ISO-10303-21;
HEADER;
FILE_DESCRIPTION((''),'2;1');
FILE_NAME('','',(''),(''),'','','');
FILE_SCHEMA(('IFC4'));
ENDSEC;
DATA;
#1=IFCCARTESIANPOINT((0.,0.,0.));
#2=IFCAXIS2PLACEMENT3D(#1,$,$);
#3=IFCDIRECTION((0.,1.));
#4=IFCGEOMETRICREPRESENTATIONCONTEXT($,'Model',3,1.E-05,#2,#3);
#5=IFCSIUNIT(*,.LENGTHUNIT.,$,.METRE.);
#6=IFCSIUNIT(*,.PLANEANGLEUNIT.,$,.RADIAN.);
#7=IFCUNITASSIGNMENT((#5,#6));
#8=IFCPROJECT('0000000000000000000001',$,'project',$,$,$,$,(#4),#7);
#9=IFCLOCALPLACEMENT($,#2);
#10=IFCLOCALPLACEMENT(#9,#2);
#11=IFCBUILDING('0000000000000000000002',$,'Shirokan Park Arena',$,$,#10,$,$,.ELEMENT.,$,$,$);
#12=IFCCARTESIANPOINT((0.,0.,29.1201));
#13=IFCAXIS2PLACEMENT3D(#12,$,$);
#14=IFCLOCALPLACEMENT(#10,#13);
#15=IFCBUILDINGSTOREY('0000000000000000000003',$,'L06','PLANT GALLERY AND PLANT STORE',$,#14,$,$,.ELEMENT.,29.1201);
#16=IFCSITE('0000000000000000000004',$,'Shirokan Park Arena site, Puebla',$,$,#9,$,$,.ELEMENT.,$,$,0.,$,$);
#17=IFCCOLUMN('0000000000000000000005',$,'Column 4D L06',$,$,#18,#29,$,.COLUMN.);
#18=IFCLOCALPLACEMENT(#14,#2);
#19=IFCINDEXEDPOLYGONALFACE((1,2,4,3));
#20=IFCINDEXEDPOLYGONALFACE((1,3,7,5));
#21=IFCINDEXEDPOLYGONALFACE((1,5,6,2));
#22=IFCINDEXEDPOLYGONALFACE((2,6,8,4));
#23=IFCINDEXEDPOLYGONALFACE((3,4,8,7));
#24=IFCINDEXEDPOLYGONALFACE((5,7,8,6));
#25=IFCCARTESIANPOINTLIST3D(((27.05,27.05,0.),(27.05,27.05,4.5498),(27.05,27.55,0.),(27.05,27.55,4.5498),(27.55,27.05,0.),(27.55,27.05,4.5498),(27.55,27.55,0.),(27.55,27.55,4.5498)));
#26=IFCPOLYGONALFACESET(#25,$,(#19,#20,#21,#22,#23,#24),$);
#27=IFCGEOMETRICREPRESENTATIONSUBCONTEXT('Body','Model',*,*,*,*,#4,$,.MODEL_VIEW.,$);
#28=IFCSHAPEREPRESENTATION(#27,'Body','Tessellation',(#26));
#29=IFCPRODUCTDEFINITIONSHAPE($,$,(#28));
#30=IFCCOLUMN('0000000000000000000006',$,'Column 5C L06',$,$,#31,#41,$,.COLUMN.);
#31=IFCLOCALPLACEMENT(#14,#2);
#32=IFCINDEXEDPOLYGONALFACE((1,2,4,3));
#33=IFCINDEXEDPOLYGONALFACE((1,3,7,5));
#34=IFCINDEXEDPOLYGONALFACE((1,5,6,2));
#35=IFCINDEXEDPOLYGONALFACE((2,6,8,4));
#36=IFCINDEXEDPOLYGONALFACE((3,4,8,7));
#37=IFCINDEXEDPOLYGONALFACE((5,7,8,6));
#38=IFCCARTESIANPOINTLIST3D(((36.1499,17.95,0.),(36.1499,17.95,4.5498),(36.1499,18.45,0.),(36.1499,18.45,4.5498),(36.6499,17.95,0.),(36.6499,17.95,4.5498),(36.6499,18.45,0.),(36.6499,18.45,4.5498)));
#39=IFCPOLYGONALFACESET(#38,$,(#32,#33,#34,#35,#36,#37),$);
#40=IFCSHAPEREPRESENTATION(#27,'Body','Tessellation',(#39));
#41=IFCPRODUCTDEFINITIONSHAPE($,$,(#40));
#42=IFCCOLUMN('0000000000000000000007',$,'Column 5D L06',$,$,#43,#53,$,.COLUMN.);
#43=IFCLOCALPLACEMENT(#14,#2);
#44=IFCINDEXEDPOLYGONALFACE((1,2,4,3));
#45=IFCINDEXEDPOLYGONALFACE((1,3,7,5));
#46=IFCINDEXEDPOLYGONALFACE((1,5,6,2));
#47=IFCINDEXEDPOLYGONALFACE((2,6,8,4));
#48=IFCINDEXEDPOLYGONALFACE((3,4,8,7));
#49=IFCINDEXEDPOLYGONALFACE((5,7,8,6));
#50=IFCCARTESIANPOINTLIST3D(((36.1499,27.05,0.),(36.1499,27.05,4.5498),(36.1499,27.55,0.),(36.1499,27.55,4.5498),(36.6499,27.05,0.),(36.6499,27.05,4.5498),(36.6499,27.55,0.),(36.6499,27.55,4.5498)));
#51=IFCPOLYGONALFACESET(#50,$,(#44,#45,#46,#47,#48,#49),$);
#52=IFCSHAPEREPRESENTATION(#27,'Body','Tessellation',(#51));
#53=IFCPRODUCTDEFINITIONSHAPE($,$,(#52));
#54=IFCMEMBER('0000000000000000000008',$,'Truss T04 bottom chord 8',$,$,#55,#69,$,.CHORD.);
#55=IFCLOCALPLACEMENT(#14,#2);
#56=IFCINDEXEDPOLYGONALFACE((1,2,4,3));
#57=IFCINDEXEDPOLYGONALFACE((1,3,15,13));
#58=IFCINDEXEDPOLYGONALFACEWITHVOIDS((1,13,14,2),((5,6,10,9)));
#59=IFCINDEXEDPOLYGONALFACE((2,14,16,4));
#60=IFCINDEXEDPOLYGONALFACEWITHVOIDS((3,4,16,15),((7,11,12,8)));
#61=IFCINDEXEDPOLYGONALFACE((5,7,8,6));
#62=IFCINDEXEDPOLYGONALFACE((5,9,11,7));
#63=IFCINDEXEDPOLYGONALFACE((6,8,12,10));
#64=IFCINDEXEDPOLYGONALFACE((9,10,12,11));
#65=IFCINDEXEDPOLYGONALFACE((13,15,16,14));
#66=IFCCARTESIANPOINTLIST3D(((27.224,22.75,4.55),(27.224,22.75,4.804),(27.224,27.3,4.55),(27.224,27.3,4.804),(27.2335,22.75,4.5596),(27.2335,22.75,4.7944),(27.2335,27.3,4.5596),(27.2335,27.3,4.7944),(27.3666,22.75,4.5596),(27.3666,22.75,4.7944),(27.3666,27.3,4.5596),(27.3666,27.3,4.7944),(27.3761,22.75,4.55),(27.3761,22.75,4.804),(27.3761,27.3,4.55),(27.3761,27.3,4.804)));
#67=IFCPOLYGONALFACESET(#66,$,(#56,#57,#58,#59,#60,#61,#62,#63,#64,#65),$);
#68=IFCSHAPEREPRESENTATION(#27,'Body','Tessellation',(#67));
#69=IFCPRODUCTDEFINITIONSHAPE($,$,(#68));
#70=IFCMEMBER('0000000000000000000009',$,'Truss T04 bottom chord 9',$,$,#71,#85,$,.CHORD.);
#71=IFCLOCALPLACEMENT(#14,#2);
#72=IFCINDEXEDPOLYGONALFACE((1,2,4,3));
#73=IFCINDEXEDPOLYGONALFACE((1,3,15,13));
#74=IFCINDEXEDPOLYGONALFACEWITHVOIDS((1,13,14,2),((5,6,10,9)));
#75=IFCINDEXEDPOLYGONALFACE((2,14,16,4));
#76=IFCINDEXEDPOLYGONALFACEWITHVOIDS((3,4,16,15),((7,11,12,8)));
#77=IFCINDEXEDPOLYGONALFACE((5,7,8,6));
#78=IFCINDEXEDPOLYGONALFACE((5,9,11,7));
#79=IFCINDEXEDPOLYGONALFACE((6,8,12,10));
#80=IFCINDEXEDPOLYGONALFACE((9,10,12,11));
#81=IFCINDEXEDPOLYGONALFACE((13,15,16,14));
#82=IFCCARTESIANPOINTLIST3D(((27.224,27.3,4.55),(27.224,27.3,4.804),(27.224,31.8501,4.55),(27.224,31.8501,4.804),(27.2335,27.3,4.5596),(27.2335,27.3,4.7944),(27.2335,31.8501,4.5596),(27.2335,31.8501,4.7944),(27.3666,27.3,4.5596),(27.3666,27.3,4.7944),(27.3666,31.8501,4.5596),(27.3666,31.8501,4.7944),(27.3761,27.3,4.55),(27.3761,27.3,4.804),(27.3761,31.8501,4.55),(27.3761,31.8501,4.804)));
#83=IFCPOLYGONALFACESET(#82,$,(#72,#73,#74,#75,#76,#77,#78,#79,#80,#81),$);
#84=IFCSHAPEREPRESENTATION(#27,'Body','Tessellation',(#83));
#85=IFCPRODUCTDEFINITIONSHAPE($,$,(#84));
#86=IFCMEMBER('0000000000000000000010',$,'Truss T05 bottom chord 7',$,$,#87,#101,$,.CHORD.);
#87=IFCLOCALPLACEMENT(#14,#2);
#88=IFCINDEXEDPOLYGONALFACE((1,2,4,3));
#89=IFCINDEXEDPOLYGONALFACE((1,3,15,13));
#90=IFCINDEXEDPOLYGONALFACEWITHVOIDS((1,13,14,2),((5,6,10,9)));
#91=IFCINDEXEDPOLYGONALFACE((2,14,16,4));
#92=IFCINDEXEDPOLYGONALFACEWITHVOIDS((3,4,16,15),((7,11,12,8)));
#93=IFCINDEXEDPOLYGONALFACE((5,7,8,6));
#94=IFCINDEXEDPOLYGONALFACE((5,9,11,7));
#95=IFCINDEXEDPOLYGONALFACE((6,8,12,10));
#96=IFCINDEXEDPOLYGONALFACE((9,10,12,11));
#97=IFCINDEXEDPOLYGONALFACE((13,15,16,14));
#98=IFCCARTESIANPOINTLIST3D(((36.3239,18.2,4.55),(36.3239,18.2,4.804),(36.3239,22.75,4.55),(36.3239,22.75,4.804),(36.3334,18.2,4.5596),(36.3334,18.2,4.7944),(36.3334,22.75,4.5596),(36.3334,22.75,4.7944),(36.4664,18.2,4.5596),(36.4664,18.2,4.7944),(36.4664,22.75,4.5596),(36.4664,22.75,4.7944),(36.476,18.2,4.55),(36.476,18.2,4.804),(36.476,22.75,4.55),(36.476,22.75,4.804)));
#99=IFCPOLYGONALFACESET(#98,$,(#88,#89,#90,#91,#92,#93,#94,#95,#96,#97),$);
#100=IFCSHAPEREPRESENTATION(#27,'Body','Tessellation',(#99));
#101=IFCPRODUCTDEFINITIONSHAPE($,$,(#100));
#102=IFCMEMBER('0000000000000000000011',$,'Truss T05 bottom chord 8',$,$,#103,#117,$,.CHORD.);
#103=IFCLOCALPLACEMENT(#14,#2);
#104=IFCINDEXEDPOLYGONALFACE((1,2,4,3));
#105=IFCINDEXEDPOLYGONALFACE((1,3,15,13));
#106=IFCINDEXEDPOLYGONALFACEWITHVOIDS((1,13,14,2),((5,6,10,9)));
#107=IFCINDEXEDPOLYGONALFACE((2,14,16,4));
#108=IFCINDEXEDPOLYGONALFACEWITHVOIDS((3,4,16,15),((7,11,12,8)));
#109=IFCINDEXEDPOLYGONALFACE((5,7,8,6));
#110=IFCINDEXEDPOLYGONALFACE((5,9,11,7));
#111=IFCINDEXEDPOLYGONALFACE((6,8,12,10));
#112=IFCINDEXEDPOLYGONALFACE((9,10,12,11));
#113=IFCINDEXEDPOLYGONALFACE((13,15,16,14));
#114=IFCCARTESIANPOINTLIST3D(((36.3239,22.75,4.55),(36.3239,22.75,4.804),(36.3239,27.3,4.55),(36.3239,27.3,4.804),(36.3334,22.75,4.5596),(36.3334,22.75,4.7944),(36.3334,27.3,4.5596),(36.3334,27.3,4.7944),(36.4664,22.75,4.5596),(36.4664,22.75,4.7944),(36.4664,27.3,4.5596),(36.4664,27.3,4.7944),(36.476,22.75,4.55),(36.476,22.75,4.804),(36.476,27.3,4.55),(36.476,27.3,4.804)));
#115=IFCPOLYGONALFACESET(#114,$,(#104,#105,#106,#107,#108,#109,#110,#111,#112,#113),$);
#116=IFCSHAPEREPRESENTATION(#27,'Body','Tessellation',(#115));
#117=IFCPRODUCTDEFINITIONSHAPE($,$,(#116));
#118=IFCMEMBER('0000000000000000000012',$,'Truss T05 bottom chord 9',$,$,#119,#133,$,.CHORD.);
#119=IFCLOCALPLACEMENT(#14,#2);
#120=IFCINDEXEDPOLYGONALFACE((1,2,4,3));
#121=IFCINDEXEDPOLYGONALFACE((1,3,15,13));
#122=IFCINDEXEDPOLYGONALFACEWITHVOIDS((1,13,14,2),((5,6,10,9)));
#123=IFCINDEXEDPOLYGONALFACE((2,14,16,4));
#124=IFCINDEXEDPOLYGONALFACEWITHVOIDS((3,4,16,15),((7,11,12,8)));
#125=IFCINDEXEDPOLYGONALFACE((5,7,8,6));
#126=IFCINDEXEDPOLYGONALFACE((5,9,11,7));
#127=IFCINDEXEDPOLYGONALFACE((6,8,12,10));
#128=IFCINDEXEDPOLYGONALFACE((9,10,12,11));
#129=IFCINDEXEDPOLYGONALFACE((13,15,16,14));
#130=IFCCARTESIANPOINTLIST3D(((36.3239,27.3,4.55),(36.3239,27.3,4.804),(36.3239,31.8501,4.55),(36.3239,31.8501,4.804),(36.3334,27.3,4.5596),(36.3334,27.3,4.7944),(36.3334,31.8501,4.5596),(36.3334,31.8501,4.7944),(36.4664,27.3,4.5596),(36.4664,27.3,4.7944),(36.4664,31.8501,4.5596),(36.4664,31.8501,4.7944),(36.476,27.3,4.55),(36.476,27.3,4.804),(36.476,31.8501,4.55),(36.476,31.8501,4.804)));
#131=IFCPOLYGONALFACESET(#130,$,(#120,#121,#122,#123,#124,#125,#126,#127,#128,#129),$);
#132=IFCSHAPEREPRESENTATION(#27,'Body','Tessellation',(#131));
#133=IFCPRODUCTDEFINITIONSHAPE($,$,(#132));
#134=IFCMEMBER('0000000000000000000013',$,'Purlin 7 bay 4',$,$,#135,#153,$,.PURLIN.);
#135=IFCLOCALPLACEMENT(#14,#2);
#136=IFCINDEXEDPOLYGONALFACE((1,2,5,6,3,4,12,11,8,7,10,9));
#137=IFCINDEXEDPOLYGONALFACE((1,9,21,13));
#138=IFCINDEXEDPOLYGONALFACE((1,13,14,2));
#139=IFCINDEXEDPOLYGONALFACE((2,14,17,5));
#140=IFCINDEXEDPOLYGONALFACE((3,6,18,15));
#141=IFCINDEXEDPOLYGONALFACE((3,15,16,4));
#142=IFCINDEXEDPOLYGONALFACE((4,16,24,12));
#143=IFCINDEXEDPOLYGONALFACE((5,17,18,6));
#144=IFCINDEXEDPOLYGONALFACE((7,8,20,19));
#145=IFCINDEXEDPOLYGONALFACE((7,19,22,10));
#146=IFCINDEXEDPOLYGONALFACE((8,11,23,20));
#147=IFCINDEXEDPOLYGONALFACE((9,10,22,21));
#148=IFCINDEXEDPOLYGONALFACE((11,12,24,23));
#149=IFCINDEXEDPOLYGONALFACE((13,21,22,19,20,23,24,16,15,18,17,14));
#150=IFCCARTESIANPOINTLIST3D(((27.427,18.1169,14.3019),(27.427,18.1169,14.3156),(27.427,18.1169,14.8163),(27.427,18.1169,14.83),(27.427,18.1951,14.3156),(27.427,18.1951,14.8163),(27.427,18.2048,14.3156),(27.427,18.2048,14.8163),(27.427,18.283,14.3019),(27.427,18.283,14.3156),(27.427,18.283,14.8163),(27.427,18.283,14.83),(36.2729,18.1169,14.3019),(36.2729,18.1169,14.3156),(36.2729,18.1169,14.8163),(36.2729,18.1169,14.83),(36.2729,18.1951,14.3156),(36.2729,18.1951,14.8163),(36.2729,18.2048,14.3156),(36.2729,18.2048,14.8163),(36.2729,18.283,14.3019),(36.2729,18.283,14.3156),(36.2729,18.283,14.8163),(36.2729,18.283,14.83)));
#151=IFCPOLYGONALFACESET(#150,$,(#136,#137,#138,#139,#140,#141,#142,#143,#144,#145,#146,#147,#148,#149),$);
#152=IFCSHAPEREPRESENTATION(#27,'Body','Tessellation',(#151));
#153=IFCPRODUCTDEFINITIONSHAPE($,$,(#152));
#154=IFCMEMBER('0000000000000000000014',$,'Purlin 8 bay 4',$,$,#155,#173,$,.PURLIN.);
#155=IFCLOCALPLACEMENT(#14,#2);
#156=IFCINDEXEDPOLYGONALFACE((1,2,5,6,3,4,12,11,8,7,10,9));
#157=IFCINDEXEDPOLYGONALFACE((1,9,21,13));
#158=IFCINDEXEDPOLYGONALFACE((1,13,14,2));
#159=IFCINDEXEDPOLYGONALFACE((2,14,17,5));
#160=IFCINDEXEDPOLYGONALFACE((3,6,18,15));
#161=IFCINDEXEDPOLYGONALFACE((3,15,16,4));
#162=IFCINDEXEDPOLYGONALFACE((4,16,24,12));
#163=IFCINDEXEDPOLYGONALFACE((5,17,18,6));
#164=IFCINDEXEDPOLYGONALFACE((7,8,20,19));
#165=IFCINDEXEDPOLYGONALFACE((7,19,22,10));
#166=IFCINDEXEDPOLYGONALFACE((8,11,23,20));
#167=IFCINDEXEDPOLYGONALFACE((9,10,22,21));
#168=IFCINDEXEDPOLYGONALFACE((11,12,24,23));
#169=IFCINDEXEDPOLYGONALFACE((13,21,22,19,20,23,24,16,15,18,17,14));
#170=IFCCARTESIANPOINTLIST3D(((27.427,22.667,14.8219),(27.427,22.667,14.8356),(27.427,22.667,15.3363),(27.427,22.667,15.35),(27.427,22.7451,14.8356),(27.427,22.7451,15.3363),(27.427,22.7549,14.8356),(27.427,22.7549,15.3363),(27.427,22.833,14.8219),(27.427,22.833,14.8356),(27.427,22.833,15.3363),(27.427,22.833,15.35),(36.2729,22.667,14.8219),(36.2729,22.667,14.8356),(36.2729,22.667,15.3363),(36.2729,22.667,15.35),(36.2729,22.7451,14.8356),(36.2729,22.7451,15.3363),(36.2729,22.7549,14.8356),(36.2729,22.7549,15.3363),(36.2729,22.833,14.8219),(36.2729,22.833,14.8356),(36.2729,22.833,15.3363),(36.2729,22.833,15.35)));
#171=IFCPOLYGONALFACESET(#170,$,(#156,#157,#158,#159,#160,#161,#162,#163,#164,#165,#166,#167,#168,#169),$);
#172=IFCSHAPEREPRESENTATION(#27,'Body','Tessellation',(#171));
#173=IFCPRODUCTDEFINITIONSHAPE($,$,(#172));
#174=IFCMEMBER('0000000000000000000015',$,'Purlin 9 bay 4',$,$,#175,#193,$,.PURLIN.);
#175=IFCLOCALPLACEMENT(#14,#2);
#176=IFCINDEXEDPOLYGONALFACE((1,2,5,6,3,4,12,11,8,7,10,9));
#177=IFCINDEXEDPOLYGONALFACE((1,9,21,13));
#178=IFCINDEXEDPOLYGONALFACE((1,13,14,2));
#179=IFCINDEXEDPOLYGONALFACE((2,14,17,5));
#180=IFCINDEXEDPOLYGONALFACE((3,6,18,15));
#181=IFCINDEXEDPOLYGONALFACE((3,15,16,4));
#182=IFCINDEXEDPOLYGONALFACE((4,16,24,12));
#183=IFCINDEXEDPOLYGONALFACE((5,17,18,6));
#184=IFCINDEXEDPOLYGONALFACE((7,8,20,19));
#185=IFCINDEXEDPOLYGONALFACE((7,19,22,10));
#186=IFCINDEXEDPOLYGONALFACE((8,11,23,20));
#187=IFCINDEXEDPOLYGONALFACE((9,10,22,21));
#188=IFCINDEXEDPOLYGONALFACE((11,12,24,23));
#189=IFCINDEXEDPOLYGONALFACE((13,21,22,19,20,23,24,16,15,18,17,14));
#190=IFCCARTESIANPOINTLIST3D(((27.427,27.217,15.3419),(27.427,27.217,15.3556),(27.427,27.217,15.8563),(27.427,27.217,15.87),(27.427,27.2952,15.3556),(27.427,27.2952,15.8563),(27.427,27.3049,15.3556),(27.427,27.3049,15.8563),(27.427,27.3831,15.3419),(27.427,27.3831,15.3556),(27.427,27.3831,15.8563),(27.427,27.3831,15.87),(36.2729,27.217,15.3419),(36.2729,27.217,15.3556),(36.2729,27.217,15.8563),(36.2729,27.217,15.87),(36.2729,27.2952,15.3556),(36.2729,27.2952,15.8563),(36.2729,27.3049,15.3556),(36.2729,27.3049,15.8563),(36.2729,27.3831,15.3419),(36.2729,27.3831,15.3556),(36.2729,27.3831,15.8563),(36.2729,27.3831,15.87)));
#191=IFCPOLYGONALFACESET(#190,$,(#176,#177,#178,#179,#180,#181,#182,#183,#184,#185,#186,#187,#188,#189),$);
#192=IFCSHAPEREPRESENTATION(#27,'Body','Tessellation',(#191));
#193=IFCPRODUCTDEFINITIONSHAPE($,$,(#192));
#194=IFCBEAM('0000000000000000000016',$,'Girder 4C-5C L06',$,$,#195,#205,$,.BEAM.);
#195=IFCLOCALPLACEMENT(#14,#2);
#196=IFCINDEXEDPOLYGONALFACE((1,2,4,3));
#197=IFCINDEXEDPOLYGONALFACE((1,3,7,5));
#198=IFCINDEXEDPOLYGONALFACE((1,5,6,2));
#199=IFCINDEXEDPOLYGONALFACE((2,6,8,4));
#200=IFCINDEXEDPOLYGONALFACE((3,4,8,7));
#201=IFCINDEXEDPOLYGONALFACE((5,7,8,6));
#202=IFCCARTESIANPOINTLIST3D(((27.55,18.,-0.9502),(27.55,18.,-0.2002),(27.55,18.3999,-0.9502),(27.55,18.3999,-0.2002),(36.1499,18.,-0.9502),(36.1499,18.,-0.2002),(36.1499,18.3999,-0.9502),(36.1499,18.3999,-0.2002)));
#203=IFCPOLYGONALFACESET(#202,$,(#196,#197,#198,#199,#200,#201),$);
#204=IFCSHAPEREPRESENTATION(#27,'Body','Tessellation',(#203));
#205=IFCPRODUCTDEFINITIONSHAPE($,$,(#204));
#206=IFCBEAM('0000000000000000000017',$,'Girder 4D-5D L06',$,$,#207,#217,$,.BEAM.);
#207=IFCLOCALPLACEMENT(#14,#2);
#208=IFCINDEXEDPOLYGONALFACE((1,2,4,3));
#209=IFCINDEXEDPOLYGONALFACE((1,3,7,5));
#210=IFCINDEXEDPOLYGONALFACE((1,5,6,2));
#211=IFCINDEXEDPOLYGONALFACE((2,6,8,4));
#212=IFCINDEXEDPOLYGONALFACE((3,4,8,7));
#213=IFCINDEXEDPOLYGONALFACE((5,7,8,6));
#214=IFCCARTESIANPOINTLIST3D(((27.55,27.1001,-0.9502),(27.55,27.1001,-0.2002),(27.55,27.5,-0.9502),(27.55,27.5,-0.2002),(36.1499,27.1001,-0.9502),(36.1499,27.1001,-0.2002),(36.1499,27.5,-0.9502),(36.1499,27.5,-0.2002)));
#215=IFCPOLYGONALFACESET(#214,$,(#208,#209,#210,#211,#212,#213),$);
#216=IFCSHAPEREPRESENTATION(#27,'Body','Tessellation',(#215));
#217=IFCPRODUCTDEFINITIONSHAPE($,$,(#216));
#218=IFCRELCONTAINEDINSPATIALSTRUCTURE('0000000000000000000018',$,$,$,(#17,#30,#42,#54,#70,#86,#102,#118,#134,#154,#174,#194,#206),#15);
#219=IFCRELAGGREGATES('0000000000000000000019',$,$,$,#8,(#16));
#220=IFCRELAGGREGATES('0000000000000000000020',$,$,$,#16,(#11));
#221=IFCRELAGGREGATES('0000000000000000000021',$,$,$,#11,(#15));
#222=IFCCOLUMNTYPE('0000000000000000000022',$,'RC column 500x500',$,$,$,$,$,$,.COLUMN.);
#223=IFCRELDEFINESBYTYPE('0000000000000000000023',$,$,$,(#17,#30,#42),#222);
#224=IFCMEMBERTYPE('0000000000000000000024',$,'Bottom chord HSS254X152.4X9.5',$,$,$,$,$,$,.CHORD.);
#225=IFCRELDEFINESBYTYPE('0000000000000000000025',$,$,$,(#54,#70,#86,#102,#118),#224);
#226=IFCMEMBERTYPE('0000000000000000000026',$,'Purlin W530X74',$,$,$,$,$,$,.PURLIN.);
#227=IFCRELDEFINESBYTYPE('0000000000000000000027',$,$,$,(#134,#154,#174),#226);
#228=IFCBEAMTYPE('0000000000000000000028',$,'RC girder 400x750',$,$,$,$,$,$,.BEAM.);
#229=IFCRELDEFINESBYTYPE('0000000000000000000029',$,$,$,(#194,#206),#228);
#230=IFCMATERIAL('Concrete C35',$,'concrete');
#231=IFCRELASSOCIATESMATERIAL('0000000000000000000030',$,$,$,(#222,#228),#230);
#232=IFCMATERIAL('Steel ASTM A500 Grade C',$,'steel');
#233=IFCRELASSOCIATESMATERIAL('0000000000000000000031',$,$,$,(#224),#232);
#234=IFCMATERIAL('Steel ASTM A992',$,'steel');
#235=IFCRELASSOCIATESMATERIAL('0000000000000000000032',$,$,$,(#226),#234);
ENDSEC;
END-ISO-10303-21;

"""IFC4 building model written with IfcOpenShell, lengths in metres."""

from ifc_helpers import new_model, si_unit, direction, frame, origin, origin_2d, place, context, subcontext, project, spatial, rectangle, hollow_rectangle, i_section, extrude, material, material_profile, profile_set, type_object, element, save


model = new_model("IFC4")

# Units and contexts
model_context = context("Model", 3, precision=1e-05, world=origin(), true_north=direction((0.0, 1.0)))
body_context = subcontext(model_context, "Body", "Model", "MODEL_VIEW")
ifc_project = project(units=[si_unit("LENGTHUNIT", "METRE"), si_unit("PLANEANGLEUNIT", "RADIAN")], contexts=[model_context])

# Site, building, storey
site_placement = place(None, origin())
site = spatial("IfcSite", under=ifc_project, at=site_placement, Name="Shirokan Park Arena site, Puebla", CompositionType="ELEMENT", RefElevation=0.0)
building_placement = place(site_placement, origin())
building = spatial("IfcBuilding", under=site, at=building_placement, Name="Shirokan Park Arena", CompositionType="ELEMENT")
storey_placement = place(building_placement, frame((0.0, 0.0, 29.1201)))
storey = spatial("IfcBuildingStorey", under=building, at=storey_placement, Name="L06", Description="PLANT GALLERY AND PLANT STORE", CompositionType="ELEMENT", Elevation=29.1201)

# Columns
ifc_material_1 = material(Name="Concrete C35", Category="concrete")
ifc_material_profile_1 = material_profile(ifc_material_1, rectangle(XDim=0.5, YDim=0.5, at=origin_2d()), Name="500x500")
ifc_profile_set_1 = profile_set([ifc_material_profile_1], Name="Concrete C35")
column_type = type_object("IfcColumnType", Name="RC column 500x500", PredefinedType="COLUMN", material=ifc_profile_set_1)
for number, where, z_axis, x_axis, name in (
    (1, (27.3, 27.3, 0.0), (0.0, 0.0, 1.0), (1.0, 0.0, 0.0), "Column 4D L06"),
    (2, (36.3999, 18.2, 0.0), (0.0, 0.0, 1.0), (1.0, 0.0, 0.0), "Column 5C L06"),
    (3, (36.3999, 27.3, 0.0), (0.0, 0.0, 1.0), (1.0, 0.0, 0.0), "Column 5D L06"),
):
    element("IfcColumn", number, at=place(storey_placement, frame(where, z_axis=z_axis, x_axis=x_axis)), inside=storey, type_object=column_type, Name=name, PredefinedType="COLUMN", context=body_context, shape_type="SweptSolid", body=[
        extrude(rectangle(XDim=0.5, YDim=0.5, at=origin_2d()), origin(), (0.0, 0.0, 1.0), 4.5498),
    ])

# Members
ifc_material_2 = material(Name="Steel ASTM A500 Grade C", Category="steel")
ifc_material_profile_2 = material_profile(ifc_material_2, hollow_rectangle(XDim=0.1521, YDim=0.2539, WallThickness=0.0095, at=origin_2d()), Name="HSS254X152.4X9.5")
ifc_profile_set_2 = profile_set([ifc_material_profile_2], Name="Steel ASTM A500 Grade C")
member_type_1 = type_object("IfcMemberType", Name="Bottom chord HSS254X152.4X9.5", PredefinedType="CHORD", material=ifc_profile_set_2)
for number, where, z_axis, x_axis, name in (
    (4, (27.3, 22.75, 4.677), (0.0, 1.0, 0.0), (-1.0, 0.0, 0.0), "Truss T04 bottom chord 8"),
    (5, (27.3, 27.3, 4.677), (0.0, 1.0, 0.0), (-1.0, 0.0, 0.0), "Truss T04 bottom chord 9"),
    (6, (36.3999, 18.2, 4.677), (0.0, 1.0, 0.0), (-1.0, 0.0, 0.0), "Truss T05 bottom chord 7"),
    (7, (36.3999, 22.75, 4.677), (0.0, 1.0, 0.0), (-1.0, 0.0, 0.0), "Truss T05 bottom chord 8"),
    (8, (36.3999, 27.3, 4.677), (0.0, 1.0, 0.0), (-1.0, 0.0, 0.0), "Truss T05 bottom chord 9"),
):
    element("IfcMember", number, at=place(storey_placement, frame(where, z_axis=z_axis, x_axis=x_axis)), inside=storey, type_object=member_type_1, Name=name, PredefinedType="CHORD", context=body_context, shape_type="SweptSolid", body=[
        extrude(hollow_rectangle(XDim=0.1521, YDim=0.2539, WallThickness=0.0095, at=origin_2d()), origin(), (0.0, 0.0, 1.0), 4.55),
    ])
ifc_material_3 = material(Name="Steel ASTM A992", Category="steel")
ifc_material_profile_3 = material_profile(ifc_material_3, i_section(OverallWidth=0.166, OverallDepth=0.5281, WebThickness=0.0098, FlangeThickness=0.0137, at=origin_2d()), Name="W530X74")
ifc_profile_set_3 = profile_set([ifc_material_profile_3], Name="Steel ASTM A992")
member_type_2 = type_object("IfcMemberType", Name="Purlin W530X74", PredefinedType="PURLIN", material=ifc_profile_set_3)
for number, where, z_axis, x_axis, name in (
    (9, (27.427, 18.2, 14.5659), (1.0, 0.0, 0.0), (0.0, 1.0, 0.0), "Purlin 7 bay 4"),
    (10, (27.427, 22.75, 15.0859), (1.0, 0.0, 0.0), (0.0, 1.0, 0.0), "Purlin 8 bay 4"),
    (11, (27.427, 27.3, 15.606), (1.0, 0.0, 0.0), (0.0, 1.0, 0.0), "Purlin 9 bay 4"),
):
    element("IfcMember", number, at=place(storey_placement, frame(where, z_axis=z_axis, x_axis=x_axis)), inside=storey, type_object=member_type_2, Name=name, PredefinedType="PURLIN", context=body_context, shape_type="SweptSolid", body=[
        extrude(i_section(OverallWidth=0.166, OverallDepth=0.5281, WebThickness=0.0098, FlangeThickness=0.0137, at=origin_2d()), origin(), (0.0, 0.0, 1.0), 8.8459),
    ])

# Beams
ifc_material_profile_4 = material_profile(ifc_material_1, rectangle(XDim=0.3999, YDim=0.75, at=origin_2d()), Name="400x750")
ifc_profile_set_4 = profile_set([ifc_material_profile_4], Name="Concrete C35")
beam_type_1 = type_object("IfcBeamType", Name="RC girder 400x750", PredefinedType="BEAM", material=ifc_profile_set_4)
for number, where, z_axis, x_axis, name in (
    (12, (27.55, 18.2, -0.5752), (1.0, 0.0, 0.0), (0.0, 1.0, 0.0), "Girder 4C-5C L06"),
    (13, (27.55, 27.3, -0.5752), (1.0, 0.0, 0.0), (0.0, 1.0, 0.0), "Girder 4D-5D L06"),
):
    element("IfcBeam", number, at=place(storey_placement, frame(where, z_axis=z_axis, x_axis=x_axis)), inside=storey, type_object=beam_type_1, Name=name, PredefinedType="BEAM", context=body_context, shape_type="SweptSolid", body=[
        extrude(rectangle(XDim=0.3999, YDim=0.75, at=origin_2d()), origin(), (0.0, 0.0, 1.0), 8.5999),
    ])

save(model, "model.ifc")
